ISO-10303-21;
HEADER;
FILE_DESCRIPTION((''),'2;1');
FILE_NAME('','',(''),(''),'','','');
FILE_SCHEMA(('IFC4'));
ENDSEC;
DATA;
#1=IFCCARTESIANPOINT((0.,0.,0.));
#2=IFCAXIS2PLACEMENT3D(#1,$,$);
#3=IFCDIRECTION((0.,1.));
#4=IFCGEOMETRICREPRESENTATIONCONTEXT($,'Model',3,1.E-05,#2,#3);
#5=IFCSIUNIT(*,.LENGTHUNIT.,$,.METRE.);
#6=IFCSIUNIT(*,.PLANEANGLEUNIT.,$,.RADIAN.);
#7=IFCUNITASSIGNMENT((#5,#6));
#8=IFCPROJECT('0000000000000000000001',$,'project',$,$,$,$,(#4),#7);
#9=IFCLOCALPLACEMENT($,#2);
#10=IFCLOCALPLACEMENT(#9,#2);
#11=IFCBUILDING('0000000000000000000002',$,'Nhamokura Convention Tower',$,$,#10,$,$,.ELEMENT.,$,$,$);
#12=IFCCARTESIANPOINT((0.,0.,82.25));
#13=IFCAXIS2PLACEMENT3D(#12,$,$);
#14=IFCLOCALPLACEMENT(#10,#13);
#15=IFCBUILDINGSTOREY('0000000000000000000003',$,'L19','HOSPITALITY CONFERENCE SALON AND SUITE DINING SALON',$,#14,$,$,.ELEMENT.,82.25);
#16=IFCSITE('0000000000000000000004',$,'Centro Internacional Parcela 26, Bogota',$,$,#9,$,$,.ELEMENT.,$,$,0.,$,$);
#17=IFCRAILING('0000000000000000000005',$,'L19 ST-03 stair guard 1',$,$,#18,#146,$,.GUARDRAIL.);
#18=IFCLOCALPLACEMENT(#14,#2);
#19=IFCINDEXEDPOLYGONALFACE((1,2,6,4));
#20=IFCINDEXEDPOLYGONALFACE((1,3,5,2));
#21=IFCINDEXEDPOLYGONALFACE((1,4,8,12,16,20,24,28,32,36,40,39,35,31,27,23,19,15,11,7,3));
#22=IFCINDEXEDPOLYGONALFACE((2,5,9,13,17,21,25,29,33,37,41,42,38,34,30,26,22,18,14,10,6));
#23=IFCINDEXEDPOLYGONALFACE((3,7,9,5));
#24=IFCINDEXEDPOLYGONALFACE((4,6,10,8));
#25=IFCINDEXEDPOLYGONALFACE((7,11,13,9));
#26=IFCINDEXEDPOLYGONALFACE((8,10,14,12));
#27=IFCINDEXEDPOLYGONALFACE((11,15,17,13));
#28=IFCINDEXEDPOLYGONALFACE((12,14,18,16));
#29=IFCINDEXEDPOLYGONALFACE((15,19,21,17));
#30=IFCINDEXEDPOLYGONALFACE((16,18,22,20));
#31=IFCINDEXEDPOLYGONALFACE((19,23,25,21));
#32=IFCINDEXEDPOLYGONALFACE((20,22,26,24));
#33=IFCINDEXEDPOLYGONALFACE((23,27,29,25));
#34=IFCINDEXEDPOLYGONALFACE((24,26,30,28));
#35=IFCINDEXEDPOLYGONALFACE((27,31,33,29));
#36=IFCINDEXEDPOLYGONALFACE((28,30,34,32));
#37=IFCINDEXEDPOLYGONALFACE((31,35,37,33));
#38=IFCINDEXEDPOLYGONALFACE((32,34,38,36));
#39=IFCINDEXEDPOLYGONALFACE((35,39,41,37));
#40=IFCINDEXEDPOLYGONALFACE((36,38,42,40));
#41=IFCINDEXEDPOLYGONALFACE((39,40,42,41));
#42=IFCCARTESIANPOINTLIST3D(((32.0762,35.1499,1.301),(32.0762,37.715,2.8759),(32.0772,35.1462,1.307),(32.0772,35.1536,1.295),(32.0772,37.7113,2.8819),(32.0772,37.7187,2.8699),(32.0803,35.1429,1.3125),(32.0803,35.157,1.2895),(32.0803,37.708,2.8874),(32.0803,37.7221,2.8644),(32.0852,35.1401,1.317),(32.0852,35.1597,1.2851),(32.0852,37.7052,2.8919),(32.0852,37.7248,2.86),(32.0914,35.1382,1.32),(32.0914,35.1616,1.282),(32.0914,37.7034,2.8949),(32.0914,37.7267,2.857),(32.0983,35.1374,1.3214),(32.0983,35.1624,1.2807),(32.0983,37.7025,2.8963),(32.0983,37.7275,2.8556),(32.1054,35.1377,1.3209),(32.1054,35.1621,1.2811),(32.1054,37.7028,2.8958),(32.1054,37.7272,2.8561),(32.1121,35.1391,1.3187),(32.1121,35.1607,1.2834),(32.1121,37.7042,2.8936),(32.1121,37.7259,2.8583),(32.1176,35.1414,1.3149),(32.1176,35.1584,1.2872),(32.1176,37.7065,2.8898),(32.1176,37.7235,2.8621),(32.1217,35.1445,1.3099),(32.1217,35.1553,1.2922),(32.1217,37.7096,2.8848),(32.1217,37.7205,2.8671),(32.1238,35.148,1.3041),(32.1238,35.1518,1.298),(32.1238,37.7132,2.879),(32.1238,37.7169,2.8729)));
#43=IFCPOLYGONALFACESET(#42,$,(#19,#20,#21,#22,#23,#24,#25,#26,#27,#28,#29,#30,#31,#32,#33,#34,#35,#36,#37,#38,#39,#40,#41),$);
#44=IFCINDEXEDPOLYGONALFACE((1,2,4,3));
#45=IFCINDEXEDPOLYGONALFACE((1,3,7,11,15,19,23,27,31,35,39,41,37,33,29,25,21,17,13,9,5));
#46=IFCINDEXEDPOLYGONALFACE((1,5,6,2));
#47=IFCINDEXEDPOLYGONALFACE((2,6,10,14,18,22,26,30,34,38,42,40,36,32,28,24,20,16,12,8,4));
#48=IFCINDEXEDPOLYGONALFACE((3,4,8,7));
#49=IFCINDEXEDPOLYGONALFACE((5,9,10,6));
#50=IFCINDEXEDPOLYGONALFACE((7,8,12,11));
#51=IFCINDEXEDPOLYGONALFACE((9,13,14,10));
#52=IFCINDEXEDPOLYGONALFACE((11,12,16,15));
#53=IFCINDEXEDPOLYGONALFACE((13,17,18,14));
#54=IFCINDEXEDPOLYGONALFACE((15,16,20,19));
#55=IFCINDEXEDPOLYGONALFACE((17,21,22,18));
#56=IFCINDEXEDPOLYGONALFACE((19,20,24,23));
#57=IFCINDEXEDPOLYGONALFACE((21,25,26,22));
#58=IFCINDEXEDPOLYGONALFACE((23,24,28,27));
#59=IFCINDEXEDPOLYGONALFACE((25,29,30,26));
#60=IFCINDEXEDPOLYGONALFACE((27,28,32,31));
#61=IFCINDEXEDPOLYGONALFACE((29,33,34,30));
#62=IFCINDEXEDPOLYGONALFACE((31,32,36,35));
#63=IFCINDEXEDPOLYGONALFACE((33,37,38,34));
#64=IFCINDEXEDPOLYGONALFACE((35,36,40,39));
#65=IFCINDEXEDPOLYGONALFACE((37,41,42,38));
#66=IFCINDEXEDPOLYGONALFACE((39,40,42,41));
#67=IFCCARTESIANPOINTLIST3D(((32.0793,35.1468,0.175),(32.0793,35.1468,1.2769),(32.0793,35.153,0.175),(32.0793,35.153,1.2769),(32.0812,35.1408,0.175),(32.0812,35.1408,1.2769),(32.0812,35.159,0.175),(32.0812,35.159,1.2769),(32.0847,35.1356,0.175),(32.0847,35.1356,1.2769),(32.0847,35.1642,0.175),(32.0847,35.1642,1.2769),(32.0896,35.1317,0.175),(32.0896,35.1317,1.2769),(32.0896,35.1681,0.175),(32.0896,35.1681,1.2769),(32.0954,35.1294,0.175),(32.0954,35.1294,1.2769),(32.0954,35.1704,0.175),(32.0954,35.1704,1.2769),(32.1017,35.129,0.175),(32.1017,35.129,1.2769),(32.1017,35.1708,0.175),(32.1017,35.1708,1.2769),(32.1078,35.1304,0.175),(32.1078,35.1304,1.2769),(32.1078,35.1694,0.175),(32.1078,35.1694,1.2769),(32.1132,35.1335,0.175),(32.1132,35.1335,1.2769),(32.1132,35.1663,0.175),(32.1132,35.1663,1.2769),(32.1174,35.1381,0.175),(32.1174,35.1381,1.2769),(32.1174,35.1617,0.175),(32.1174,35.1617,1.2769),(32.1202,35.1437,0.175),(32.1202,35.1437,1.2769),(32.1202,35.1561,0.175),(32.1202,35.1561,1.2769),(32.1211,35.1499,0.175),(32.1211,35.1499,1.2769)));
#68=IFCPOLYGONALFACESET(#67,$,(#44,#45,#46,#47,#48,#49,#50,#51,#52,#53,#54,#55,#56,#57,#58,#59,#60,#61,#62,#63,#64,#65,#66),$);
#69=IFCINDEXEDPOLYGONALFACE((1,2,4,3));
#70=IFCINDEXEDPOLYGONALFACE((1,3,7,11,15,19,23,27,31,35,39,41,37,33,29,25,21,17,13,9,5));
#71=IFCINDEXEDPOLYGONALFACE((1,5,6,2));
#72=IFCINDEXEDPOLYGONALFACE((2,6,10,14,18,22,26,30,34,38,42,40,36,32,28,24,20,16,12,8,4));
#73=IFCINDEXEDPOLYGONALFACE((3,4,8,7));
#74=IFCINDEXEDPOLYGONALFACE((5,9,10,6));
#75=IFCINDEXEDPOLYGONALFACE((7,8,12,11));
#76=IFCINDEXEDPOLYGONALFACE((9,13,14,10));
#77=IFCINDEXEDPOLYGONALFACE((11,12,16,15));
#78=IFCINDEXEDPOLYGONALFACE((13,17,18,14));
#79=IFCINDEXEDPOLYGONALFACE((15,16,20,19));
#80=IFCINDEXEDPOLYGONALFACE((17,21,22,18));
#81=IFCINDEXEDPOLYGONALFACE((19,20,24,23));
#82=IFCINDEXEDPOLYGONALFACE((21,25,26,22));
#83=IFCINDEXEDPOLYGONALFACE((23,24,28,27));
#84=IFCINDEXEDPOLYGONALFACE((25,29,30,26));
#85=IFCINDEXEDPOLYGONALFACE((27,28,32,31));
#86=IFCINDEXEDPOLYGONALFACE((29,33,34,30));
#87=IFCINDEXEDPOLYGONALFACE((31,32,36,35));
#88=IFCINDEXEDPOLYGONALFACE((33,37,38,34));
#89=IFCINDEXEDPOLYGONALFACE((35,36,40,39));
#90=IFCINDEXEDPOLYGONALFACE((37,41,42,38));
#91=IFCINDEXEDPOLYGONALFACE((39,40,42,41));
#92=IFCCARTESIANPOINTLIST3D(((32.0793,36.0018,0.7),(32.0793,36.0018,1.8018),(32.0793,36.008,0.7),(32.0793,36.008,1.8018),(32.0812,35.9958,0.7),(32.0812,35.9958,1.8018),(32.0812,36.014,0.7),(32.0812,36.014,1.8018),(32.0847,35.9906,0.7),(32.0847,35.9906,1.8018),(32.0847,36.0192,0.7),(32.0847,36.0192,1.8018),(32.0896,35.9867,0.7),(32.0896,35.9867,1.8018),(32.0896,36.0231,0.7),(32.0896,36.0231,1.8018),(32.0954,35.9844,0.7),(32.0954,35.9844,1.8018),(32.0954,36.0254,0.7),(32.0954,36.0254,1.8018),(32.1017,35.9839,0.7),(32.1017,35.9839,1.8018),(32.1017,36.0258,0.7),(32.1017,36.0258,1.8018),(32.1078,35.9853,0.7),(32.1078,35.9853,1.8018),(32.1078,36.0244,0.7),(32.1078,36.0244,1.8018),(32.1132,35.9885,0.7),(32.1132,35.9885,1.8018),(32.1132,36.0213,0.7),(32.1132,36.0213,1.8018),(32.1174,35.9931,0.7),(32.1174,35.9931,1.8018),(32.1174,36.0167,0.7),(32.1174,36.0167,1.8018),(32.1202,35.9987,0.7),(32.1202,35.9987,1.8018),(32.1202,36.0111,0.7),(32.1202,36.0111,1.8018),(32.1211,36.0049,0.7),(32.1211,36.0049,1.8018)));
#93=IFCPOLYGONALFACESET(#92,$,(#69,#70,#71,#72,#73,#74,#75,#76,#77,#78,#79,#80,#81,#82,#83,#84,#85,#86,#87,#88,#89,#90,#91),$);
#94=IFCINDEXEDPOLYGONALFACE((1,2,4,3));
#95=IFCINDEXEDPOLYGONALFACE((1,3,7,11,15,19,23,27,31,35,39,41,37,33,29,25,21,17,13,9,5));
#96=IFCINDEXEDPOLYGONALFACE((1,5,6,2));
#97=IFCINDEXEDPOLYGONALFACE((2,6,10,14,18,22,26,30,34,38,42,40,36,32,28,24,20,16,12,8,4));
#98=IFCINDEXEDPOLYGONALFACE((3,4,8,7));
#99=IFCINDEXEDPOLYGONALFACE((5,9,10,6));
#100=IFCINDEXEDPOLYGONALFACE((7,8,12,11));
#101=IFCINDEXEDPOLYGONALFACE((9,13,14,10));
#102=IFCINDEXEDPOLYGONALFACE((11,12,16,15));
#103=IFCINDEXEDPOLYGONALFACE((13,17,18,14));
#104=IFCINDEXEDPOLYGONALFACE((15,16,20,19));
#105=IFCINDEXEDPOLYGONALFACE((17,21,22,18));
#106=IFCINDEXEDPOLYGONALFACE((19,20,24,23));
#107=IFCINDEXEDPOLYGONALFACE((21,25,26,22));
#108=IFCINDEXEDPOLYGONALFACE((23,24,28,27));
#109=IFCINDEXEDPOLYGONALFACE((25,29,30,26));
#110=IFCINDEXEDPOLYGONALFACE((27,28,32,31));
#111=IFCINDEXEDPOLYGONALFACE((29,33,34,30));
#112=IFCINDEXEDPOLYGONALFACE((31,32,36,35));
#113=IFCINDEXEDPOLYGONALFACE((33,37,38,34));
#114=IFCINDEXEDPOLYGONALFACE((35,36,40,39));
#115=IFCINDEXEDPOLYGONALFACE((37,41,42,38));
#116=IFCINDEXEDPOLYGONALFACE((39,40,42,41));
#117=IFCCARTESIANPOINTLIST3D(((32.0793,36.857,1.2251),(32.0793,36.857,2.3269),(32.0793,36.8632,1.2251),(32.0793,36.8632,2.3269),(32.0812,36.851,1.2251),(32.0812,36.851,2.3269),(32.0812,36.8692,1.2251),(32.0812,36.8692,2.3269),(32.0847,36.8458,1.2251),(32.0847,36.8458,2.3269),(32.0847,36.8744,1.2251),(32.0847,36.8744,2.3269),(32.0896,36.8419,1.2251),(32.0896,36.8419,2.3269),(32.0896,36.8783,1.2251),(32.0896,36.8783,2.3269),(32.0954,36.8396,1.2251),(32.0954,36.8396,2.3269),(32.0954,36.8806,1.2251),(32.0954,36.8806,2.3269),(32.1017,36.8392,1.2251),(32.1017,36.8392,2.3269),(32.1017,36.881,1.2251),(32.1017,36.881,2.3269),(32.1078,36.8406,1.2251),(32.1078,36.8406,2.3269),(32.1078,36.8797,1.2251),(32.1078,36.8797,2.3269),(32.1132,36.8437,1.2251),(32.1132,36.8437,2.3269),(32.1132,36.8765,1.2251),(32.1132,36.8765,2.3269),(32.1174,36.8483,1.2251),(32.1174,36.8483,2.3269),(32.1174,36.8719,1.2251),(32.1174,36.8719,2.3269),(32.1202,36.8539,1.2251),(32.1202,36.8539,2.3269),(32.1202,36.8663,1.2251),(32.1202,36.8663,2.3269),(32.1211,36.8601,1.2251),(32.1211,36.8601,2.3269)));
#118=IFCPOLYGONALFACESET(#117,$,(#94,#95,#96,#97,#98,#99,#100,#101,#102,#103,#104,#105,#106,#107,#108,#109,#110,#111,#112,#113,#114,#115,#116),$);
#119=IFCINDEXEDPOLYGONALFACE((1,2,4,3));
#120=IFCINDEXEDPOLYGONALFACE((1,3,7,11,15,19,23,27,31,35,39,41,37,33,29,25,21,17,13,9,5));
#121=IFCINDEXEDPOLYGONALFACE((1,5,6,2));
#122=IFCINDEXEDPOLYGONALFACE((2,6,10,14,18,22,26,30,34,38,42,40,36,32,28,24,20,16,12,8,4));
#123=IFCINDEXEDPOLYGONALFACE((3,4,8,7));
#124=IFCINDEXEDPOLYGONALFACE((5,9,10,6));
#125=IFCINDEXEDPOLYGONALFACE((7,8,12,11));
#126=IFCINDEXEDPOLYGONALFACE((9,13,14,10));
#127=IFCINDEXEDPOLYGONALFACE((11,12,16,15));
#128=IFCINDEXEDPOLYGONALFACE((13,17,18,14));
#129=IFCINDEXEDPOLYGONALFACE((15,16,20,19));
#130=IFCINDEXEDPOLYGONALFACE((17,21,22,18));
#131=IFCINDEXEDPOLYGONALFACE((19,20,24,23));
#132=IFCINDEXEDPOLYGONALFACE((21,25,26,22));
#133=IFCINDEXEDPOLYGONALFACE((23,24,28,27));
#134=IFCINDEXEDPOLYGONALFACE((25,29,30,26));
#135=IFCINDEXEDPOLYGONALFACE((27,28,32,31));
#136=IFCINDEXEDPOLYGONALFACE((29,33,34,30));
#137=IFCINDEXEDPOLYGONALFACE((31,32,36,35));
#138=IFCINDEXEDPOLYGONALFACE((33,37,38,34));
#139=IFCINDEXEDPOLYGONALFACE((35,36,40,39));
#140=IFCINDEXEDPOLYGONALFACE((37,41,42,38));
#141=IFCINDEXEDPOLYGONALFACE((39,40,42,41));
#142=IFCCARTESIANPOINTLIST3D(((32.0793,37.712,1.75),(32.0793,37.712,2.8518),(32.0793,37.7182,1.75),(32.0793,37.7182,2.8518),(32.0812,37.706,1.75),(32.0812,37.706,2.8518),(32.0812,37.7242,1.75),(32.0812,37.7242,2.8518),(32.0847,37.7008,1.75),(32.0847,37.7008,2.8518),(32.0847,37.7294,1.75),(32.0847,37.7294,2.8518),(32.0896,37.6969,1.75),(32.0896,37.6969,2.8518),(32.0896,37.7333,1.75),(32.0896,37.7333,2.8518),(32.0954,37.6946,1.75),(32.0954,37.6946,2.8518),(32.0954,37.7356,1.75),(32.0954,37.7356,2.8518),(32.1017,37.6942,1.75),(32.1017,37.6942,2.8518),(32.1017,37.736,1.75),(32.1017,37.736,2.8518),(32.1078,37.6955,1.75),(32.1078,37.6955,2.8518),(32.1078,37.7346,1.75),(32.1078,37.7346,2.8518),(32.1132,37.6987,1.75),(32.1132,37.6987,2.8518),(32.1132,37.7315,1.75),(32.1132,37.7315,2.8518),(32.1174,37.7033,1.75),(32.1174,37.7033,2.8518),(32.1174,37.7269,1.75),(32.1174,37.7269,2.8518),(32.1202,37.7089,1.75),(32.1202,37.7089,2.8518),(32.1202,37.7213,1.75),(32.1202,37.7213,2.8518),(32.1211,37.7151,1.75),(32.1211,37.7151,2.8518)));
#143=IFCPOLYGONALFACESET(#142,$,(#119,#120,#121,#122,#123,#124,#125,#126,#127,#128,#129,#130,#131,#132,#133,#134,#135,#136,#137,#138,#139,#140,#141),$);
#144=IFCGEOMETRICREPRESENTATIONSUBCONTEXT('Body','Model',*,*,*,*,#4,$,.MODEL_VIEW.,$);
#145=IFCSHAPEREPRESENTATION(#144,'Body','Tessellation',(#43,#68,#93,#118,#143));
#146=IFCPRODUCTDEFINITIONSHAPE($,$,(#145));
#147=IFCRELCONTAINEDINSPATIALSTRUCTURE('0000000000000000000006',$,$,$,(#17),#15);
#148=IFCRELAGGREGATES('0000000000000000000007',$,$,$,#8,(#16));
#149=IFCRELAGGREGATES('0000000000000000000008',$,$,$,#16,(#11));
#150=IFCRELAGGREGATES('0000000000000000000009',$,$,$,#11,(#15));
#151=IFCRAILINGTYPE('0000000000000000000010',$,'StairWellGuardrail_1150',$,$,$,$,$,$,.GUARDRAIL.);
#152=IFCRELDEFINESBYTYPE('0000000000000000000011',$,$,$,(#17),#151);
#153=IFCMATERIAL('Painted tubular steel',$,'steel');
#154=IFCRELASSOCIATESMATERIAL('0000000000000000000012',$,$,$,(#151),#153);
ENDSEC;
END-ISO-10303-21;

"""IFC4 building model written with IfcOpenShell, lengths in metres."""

from ifc_helpers import new_model, si_unit, direction, frame, origin, origin_2d, place, context, subcontext, project, spatial, circle, extrude, material, type_object, element, save


model = new_model("IFC4")

# Units and contexts
model_context = context("Model", 3, precision=1e-05, world=origin(), true_north=direction((0.0, 1.0)))
body_context = subcontext(model_context, "Body", "Model", "MODEL_VIEW")
ifc_project = project(units=[si_unit("LENGTHUNIT", "METRE"), si_unit("PLANEANGLEUNIT", "RADIAN")], contexts=[model_context])

# Site, building, storey
site_placement = place(None, origin())
site = spatial("IfcSite", under=ifc_project, at=site_placement, Name="Centro Internacional Parcela 26, Bogota", CompositionType="ELEMENT", RefElevation=0.0)
building_placement = place(site_placement, origin())
building = spatial("IfcBuilding", under=site, at=building_placement, Name="Nhamokura Convention Tower", CompositionType="ELEMENT")
storey_placement = place(building_placement, frame((0.0, 0.0, 82.25)))
storey = spatial("IfcBuildingStorey", under=building, at=storey_placement, Name="L19", Description="HOSPITALITY CONFERENCE SALON AND SUITE DINING SALON", CompositionType="ELEMENT", Elevation=82.25)

# Railing
ifc_material_1 = material(Name="Painted tubular steel", Category="steel")
railing_type_1 = type_object("IfcRailingType", Name="StairWellGuardrail_1150", PredefinedType="GUARDRAIL", material=ifc_material_1)
railing_1_placement = place(storey_placement, frame((32.1001, 35.1499, 0.175)))
element("IfcRailing", 1, at=railing_1_placement, inside=storey, type_object=railing_type_1, Name="L19 ST-03 stair guard 1", PredefinedType="GUARDRAIL", context=body_context, shape_type="SweptSolid", body=[
    extrude(circle(Radius=0.0239, at=origin_2d()), frame((0.0, 0.0, 1.126), z_axis=(0.0, 0.852195, 0.523224), x_axis=(-1.0, 0.0, 0.0)), (0.0, 0.0, 1.0), 3.01),
    extrude(circle(Radius=0.021, at=origin_2d()), origin(), (0.0, 0.0, 1.0), 1.1018),
    extrude(circle(Radius=0.021, at=origin_2d()), frame((0.0, 0.855, 0.5249)), (0.0, 0.0, 1.0), 1.1018),
    extrude(circle(Radius=0.021, at=origin_2d()), frame((0.0, 1.7102, 1.05)), (0.0, 0.0, 1.0), 1.1018),
    extrude(circle(Radius=0.021, at=origin_2d()), frame((0.0, 2.5652, 1.575)), (0.0, 0.0, 1.0), 1.1018),
])

save(model, "model.ifc")
